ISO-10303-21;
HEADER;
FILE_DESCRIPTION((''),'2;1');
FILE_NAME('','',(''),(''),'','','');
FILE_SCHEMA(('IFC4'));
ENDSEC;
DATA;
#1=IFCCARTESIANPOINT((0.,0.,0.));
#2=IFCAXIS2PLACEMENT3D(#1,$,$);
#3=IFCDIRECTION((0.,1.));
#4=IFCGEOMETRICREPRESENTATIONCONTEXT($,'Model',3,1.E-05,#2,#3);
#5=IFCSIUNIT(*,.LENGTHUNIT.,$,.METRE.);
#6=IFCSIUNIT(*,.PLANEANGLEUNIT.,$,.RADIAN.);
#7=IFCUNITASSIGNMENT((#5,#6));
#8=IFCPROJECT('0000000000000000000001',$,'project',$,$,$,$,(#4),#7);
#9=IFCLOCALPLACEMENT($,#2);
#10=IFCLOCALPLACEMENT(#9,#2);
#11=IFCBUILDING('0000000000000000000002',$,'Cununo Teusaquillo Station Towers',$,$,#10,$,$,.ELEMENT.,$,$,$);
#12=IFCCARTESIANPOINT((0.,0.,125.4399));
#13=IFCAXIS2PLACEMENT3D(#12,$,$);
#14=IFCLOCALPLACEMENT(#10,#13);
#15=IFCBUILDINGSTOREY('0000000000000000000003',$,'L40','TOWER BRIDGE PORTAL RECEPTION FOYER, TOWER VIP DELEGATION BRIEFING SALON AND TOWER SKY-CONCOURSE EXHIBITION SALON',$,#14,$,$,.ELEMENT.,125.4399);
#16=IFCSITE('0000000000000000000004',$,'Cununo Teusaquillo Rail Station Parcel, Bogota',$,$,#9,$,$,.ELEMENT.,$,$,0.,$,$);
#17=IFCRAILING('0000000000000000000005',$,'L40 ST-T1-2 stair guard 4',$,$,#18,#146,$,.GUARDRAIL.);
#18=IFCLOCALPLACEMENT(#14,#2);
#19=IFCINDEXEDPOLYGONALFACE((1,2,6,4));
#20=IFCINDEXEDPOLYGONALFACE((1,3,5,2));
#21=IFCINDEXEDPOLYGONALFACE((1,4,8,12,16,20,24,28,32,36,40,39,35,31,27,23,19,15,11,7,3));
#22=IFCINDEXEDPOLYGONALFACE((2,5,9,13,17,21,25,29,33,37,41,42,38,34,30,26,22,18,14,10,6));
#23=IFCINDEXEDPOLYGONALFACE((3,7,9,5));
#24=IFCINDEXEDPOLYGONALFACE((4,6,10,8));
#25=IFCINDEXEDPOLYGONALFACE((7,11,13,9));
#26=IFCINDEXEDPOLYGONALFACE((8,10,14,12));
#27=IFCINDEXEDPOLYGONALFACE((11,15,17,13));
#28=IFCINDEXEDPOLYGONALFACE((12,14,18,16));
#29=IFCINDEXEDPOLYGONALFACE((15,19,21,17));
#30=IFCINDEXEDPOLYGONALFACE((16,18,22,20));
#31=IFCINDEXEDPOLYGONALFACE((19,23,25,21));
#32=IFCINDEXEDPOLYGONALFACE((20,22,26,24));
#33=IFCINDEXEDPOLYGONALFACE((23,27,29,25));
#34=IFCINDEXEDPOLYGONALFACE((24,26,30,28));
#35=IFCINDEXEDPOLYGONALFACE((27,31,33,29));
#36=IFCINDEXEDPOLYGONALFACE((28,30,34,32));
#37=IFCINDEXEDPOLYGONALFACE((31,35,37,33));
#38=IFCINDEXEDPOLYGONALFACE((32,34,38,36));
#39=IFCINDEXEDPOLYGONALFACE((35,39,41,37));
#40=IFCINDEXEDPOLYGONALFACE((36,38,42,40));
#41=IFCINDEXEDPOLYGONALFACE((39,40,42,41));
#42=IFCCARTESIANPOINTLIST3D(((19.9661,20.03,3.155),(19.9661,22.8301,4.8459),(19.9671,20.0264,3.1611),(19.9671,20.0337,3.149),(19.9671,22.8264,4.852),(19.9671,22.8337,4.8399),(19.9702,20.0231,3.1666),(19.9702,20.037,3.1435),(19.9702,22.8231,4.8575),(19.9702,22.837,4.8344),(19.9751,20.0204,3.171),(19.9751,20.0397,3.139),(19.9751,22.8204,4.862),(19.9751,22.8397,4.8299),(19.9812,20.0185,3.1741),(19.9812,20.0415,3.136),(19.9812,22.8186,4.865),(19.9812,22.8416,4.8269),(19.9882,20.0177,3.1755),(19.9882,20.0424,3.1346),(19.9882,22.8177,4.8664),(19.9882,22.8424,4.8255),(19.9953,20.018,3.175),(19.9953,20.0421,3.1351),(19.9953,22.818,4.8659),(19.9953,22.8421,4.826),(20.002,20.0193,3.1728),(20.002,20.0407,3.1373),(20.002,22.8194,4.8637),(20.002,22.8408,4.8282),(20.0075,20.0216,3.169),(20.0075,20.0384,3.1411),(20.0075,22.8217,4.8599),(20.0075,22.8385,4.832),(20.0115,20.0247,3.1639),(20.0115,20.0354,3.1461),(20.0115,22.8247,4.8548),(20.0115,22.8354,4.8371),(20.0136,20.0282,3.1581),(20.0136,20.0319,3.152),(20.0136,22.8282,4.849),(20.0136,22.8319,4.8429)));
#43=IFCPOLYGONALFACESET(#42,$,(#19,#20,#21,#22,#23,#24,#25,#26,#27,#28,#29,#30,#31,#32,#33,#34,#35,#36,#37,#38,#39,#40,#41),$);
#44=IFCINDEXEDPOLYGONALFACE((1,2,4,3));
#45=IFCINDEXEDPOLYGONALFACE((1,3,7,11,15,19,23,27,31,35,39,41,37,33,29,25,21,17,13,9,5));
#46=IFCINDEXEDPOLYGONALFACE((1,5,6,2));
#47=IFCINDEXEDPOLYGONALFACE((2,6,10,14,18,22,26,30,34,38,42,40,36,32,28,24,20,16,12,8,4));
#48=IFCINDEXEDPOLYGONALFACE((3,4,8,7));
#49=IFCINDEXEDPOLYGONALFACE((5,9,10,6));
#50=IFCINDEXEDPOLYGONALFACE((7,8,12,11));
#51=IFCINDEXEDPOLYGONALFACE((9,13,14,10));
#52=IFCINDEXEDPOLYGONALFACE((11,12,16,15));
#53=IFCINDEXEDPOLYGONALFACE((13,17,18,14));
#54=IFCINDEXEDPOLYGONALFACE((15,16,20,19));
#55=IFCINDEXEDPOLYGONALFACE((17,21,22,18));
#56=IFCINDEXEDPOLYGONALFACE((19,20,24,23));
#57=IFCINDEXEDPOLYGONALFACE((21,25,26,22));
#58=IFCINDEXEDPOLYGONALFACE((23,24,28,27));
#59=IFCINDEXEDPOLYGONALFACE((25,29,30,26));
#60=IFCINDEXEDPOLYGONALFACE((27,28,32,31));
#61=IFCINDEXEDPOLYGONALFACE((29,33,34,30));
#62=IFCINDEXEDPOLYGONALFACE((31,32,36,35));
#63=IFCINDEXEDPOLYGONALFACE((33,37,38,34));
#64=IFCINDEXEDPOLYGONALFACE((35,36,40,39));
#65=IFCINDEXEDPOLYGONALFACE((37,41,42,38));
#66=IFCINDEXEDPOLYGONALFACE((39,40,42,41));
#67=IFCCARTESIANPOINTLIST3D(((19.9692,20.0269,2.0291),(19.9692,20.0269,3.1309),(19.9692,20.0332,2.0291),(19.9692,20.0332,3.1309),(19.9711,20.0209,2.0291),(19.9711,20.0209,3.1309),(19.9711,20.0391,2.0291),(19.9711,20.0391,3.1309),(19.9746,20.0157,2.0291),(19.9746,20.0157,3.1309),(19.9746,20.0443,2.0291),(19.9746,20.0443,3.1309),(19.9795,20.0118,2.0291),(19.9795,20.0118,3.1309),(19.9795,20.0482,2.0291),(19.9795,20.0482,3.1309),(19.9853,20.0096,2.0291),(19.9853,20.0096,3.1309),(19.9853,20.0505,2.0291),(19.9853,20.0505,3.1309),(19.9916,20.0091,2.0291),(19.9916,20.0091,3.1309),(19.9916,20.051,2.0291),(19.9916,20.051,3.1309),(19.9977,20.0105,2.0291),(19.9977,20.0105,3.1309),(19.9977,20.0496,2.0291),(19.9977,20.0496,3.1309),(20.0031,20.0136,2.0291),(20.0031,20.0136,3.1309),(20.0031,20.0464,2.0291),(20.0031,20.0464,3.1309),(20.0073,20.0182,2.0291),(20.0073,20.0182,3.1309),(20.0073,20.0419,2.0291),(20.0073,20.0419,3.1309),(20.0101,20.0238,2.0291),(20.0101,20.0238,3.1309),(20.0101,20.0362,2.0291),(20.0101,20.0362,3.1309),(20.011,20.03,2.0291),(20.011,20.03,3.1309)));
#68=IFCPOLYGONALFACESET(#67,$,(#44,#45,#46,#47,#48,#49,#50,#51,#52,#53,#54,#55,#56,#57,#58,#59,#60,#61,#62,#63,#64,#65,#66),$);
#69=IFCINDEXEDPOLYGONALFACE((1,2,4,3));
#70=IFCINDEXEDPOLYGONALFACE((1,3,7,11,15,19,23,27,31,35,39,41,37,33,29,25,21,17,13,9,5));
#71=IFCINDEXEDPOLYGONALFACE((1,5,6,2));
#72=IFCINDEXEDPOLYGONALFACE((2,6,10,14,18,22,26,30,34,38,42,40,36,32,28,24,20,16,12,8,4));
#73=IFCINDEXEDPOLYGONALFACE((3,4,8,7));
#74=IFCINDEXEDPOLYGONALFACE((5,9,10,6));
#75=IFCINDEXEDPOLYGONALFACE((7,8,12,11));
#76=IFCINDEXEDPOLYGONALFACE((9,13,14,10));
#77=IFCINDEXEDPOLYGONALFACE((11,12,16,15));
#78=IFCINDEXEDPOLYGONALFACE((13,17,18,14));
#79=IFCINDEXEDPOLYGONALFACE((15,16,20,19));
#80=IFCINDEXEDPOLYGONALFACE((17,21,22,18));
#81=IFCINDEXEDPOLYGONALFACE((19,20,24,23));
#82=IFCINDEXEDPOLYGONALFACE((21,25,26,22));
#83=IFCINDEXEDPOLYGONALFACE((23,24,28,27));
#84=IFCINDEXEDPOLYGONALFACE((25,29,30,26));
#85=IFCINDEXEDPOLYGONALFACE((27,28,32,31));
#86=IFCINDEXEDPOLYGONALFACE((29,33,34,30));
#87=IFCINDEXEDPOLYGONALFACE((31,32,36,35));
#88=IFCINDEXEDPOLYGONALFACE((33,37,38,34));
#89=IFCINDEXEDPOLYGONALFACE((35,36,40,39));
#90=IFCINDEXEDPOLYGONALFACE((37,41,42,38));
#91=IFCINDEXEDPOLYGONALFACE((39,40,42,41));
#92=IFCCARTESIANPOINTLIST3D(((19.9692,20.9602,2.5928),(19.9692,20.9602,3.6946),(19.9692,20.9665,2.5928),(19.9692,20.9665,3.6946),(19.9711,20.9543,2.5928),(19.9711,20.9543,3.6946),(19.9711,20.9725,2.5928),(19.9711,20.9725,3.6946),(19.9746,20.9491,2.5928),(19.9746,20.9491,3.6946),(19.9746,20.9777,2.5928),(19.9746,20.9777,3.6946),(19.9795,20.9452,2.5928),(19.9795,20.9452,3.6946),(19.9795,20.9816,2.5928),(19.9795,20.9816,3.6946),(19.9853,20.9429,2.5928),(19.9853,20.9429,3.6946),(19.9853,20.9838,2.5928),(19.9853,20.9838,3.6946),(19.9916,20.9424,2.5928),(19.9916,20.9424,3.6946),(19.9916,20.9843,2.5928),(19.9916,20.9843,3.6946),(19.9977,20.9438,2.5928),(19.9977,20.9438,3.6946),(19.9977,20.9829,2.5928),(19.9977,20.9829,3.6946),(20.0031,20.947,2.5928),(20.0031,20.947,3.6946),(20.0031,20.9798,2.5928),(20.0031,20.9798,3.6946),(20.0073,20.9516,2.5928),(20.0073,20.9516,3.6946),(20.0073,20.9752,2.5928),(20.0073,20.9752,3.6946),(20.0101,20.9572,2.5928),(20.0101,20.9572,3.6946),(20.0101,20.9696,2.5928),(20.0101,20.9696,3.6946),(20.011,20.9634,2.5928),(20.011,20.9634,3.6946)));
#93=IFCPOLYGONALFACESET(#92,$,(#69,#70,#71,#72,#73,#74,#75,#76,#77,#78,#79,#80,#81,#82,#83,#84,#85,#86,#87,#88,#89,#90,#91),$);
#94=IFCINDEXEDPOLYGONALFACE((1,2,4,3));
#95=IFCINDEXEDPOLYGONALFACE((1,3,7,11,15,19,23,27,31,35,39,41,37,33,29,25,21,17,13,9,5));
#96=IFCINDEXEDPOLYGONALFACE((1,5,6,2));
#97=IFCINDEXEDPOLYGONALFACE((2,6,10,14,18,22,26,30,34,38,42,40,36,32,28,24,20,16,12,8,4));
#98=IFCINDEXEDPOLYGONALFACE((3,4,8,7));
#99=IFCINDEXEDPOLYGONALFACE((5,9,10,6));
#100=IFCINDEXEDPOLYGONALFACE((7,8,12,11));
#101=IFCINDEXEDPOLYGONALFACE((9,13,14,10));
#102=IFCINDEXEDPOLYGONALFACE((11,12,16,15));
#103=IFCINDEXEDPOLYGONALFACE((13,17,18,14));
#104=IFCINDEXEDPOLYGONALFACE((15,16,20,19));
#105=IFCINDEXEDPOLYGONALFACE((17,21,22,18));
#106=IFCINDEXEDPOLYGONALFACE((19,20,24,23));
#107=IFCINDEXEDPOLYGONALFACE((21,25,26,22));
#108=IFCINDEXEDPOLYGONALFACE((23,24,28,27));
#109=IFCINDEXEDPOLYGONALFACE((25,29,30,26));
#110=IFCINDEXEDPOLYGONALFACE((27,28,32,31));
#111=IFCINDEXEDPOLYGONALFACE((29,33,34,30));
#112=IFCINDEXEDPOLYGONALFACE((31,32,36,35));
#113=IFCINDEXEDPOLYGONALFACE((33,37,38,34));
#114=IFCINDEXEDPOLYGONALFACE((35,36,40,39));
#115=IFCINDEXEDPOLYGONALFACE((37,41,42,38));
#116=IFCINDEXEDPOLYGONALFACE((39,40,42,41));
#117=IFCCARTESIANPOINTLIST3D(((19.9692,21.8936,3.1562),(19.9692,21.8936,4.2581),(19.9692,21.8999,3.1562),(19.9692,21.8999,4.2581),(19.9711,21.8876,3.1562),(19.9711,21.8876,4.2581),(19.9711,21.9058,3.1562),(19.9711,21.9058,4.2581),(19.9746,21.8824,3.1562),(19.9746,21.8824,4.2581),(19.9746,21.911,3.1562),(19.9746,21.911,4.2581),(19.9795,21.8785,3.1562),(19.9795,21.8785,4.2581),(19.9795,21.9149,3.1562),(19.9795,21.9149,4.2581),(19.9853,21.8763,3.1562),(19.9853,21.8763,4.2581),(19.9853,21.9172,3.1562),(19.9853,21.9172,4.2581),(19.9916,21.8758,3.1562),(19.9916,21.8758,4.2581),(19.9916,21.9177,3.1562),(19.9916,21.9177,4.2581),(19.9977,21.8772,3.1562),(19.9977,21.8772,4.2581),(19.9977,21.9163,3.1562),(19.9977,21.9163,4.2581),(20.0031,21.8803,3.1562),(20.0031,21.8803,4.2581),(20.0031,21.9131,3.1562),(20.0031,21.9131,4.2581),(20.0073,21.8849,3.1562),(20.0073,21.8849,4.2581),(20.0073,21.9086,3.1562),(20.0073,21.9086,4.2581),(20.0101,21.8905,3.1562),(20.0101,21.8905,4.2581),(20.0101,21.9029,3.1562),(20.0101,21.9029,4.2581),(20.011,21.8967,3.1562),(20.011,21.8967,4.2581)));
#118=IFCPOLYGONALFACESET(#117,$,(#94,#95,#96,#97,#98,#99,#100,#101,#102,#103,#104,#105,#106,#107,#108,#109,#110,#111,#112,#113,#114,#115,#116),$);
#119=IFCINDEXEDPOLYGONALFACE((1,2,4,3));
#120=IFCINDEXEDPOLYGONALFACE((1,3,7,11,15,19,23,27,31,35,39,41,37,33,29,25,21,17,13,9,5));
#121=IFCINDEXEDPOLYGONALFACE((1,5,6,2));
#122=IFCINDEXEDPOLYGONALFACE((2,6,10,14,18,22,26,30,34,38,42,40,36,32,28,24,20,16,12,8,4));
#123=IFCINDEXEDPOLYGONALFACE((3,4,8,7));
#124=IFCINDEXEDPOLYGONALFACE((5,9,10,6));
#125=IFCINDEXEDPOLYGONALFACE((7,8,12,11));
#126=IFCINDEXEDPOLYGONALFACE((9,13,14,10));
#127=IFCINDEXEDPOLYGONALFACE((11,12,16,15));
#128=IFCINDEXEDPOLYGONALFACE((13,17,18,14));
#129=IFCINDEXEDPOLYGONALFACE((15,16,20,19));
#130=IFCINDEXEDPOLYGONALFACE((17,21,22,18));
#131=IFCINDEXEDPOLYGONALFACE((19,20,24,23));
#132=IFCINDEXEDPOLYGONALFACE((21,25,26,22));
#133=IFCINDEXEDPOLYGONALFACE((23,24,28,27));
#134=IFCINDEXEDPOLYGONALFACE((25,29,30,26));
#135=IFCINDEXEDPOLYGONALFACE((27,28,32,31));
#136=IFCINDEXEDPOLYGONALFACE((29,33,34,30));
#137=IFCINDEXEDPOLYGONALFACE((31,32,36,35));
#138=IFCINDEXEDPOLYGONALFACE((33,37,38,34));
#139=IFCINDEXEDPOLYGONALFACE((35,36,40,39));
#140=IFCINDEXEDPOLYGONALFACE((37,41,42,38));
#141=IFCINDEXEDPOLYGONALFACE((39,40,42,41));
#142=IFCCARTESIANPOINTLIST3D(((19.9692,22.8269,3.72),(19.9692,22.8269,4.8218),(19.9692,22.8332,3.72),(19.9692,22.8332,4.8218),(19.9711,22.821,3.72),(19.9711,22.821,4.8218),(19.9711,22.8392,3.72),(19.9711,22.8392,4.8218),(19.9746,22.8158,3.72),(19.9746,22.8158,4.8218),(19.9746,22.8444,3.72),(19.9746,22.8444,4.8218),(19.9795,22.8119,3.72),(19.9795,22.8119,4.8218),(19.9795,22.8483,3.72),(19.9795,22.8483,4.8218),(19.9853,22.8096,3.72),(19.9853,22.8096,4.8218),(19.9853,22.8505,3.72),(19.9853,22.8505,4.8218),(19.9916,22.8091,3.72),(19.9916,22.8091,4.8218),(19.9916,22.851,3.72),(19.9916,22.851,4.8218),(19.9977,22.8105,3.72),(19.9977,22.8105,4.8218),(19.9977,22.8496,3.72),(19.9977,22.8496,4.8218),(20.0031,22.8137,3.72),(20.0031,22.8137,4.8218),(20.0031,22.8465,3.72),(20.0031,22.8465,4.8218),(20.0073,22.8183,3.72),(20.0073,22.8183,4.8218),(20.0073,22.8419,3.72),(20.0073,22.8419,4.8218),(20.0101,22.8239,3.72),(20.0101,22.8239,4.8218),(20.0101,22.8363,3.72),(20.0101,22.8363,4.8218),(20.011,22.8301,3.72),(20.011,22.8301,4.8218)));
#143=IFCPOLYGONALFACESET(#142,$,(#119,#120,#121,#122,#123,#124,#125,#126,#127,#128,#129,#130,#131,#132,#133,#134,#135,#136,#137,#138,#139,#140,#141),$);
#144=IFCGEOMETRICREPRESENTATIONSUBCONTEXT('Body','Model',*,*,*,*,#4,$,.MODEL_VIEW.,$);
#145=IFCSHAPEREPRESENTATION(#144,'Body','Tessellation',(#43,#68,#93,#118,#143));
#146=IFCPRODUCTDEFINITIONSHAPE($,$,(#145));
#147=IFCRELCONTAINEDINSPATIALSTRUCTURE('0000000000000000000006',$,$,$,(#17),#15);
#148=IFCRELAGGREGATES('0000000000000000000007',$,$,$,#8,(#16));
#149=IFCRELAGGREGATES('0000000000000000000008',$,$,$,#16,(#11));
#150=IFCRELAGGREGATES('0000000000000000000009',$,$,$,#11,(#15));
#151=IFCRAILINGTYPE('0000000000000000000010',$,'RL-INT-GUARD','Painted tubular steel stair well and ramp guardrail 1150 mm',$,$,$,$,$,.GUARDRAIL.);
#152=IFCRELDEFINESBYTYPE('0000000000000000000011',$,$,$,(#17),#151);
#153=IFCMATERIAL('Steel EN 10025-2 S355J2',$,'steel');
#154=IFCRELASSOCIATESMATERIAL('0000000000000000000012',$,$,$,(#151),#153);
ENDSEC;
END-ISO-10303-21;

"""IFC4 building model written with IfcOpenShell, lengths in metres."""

from ifc_helpers import new_model, si_unit, direction, frame, origin, origin_2d, place, context, subcontext, project, spatial, circle, extrude, material, type_object, element, save


model = new_model("IFC4")

# Units and contexts
model_context = context("Model", 3, precision=1e-05, world=origin(), true_north=direction((0.0, 1.0)))
body_context = subcontext(model_context, "Body", "Model", "MODEL_VIEW")
ifc_project = project(units=[si_unit("LENGTHUNIT", "METRE"), si_unit("PLANEANGLEUNIT", "RADIAN")], contexts=[model_context])

# Site, building, storey
site_placement = place(None, origin())
site = spatial("IfcSite", under=ifc_project, at=site_placement, Name="Cununo Teusaquillo Rail Station Parcel, Bogota", CompositionType="ELEMENT", RefElevation=0.0)
building_placement = place(site_placement, origin())
building = spatial("IfcBuilding", under=site, at=building_placement, Name="Cununo Teusaquillo Station Towers", CompositionType="ELEMENT")
storey_placement = place(building_placement, frame((0.0, 0.0, 125.4399)))
storey = spatial("IfcBuildingStorey", under=building, at=storey_placement, Name="L40", Description="TOWER BRIDGE PORTAL RECEPTION FOYER, TOWER VIP DELEGATION BRIEFING SALON AND TOWER SKY-CONCOURSE EXHIBITION SALON", CompositionType="ELEMENT", Elevation=125.4399)

# Railing
ifc_material_1 = material(Name="Steel EN 10025-2 S355J2", Category="steel")
railing_type_1 = type_object("IfcRailingType", Name="RL-INT-GUARD", Description="Painted tubular steel stair well and ramp guardrail 1150 mm", PredefinedType="GUARDRAIL", material=ifc_material_1)
railing_1_placement = place(storey_placement, frame((19.99, 20.03, 2.0291)))
element("IfcRailing", 1, at=railing_1_placement, inside=storey, type_object=railing_type_1, Name="L40 ST-T1-2 stair guard 4", PredefinedType="GUARDRAIL", context=body_context, shape_type="SweptSolid", body=[
    extrude(circle(Radius=0.0239, at=origin_2d()), frame((0.0, 0.0, 1.126), z_axis=(0.0, 0.856021, 0.516941), x_axis=(-1.0, 0.0, 0.0)), (0.0, 0.0, 1.0), 3.271),
    extrude(circle(Radius=0.021, at=origin_2d()), origin(), (0.0, 0.0, 1.0), 1.1018),
    extrude(circle(Radius=0.021, at=origin_2d()), frame((0.0, 0.9333, 0.5637)), (0.0, 0.0, 1.0), 1.1018),
    extrude(circle(Radius=0.021, at=origin_2d()), frame((0.0, 1.8667, 1.1272)), (0.0, 0.0, 1.0), 1.1018),
    extrude(circle(Radius=0.021, at=origin_2d()), frame((0.0, 2.8, 1.6909)), (0.0, 0.0, 1.0), 1.1018),
])

save(model, "model.ifc")
